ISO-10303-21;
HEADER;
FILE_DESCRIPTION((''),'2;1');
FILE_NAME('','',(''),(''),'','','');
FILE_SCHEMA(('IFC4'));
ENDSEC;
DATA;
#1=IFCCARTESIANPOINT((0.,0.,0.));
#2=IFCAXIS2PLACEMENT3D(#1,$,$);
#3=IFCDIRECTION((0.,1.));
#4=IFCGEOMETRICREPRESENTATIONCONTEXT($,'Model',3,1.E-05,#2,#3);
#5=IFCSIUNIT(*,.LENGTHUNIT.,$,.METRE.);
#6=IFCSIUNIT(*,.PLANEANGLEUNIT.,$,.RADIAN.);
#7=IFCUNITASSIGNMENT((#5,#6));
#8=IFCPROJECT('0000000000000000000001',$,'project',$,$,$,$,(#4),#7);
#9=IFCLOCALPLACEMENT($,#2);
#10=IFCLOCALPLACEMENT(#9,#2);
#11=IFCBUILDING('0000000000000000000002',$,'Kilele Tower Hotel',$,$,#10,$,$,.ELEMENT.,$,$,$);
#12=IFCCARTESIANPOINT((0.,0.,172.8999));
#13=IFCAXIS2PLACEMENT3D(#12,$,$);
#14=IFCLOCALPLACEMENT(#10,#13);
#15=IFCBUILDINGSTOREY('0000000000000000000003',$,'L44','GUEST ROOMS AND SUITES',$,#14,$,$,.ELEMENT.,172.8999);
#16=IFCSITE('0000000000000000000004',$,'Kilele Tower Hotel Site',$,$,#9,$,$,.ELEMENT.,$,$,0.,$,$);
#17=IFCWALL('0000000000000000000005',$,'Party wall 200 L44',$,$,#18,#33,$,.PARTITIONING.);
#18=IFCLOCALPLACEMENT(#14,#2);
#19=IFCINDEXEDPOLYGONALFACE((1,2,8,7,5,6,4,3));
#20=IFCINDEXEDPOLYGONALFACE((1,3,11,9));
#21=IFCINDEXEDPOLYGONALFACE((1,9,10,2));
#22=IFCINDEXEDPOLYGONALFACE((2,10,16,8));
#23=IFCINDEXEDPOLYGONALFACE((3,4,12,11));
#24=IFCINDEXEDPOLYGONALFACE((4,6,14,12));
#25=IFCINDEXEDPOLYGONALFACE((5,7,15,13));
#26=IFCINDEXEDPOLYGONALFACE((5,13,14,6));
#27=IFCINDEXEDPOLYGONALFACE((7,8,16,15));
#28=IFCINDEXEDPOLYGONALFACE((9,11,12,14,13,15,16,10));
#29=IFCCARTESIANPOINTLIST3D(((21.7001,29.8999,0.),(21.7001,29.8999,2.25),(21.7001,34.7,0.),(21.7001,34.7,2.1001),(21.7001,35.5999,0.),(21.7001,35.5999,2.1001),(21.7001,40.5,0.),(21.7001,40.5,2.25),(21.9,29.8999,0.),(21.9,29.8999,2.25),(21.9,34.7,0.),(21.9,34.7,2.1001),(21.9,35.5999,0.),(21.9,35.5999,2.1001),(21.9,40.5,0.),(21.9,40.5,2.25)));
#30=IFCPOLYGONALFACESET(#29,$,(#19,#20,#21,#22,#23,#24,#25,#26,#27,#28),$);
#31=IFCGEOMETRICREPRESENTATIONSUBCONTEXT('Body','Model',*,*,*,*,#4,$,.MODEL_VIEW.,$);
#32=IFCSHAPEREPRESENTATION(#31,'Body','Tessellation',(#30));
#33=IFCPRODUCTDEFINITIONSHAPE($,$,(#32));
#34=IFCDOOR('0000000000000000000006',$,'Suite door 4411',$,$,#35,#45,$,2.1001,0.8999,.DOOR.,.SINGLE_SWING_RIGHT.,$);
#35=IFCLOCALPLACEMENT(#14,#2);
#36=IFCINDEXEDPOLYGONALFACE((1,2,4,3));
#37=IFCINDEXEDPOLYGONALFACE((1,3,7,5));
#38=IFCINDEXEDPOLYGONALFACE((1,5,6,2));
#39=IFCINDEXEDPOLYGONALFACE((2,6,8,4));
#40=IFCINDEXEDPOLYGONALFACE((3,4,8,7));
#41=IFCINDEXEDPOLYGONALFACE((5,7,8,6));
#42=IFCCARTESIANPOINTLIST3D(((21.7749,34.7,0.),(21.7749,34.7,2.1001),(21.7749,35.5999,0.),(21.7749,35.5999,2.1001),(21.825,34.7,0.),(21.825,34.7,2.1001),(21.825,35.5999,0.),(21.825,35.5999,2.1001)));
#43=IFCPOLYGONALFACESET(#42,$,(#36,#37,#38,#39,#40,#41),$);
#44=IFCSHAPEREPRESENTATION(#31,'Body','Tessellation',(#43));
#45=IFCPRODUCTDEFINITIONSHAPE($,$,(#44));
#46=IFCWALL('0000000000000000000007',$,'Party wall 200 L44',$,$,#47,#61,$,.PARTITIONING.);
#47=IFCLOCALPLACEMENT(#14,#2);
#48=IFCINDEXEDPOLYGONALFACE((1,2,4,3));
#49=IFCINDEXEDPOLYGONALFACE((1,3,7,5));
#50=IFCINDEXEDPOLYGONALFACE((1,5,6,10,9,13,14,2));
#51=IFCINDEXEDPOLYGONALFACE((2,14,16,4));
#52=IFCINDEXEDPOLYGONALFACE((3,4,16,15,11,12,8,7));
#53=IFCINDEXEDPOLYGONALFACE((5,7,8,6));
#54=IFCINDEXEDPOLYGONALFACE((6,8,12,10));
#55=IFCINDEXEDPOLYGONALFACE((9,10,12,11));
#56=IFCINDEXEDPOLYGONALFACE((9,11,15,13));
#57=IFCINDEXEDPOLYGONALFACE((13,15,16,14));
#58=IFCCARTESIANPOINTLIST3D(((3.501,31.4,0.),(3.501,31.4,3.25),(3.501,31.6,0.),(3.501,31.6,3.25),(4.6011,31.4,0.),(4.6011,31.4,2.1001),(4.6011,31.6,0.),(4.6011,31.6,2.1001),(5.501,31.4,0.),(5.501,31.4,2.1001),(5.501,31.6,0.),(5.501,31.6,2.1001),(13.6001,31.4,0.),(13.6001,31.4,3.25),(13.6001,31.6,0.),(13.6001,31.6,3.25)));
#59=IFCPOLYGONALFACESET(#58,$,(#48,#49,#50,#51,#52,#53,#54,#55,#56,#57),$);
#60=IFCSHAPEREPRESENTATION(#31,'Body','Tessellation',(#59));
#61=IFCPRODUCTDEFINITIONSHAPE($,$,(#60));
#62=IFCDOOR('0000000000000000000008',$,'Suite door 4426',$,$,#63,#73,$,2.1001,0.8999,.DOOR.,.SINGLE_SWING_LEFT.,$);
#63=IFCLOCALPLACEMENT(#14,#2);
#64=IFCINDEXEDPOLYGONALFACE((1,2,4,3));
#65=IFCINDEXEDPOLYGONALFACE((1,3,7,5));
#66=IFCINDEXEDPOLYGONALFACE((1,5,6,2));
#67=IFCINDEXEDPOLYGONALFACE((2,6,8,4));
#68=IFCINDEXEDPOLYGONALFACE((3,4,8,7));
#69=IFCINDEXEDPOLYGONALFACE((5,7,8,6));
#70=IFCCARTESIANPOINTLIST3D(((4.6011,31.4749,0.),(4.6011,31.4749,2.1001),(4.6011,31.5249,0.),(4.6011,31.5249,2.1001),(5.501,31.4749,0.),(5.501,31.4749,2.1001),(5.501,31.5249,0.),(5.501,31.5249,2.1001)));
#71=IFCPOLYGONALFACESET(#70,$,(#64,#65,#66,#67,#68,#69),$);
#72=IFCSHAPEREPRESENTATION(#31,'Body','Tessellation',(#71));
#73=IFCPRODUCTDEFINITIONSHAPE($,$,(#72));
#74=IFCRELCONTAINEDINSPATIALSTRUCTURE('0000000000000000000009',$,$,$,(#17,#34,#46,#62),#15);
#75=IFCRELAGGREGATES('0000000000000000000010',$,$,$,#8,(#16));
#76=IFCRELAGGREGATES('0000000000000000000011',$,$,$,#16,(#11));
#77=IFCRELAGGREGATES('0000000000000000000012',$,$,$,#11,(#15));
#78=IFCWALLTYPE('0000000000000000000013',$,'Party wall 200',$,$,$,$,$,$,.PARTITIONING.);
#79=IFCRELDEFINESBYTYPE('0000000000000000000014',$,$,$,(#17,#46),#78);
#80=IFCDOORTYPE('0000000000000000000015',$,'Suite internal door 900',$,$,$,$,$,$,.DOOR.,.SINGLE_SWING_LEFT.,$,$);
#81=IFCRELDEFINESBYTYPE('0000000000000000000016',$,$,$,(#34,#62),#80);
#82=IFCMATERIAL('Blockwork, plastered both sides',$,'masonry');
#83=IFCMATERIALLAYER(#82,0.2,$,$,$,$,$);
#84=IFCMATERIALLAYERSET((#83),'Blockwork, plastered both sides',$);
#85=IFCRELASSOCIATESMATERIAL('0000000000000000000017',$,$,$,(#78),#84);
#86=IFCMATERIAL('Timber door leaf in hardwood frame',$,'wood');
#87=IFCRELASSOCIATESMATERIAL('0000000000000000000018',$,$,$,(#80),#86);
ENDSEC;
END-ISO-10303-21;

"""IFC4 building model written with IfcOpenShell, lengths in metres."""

from ifc_helpers import new_model, si_unit, direction, frame, frame_2d, origin, place, context, subcontext, project, spatial, rectangle, extrude, material, layer, layer_set, type_object, element, fill, save


model = new_model("IFC4")

# Units and contexts
model_context = context("Model", 3, precision=1e-05, world=origin(), true_north=direction((0.0, 1.0)))
body_context = subcontext(model_context, "Body", "Model", "MODEL_VIEW")
ifc_project = project(units=[si_unit("LENGTHUNIT", "METRE"), si_unit("PLANEANGLEUNIT", "RADIAN")], contexts=[model_context])

# Site, building, storey
site_placement = place(None, origin())
site = spatial("IfcSite", under=ifc_project, at=site_placement, Name="Kilele Tower Hotel Site", CompositionType="ELEMENT", RefElevation=0.0)
building_placement = place(site_placement, origin())
building = spatial("IfcBuilding", under=site, at=building_placement, Name="Kilele Tower Hotel", CompositionType="ELEMENT")
storey_placement = place(building_placement, frame((0.0, 0.0, 172.8999)))
storey = spatial("IfcBuildingStorey", under=building, at=storey_placement, Name="L44", Description="GUEST ROOMS AND SUITES", CompositionType="ELEMENT", Elevation=172.8999)

# Walls, openings, doors
ifc_material_1 = material(Name="Blockwork, plastered both sides", Category="masonry")
ifc_layer_1 = layer(ifc_material_1, 0.2)
ifc_layer_set_1 = layer_set([ifc_layer_1], Name="Blockwork, plastered both sides")
wall_type_1 = type_object("IfcWallType", Name="Party wall 200", PredefinedType="PARTITIONING", material=ifc_layer_set_1)
wall_1_placement = place(storey_placement, frame((21.8, 29.8999, 0.0), z_axis=(0.0, 0.0, 1.0), x_axis=(0.0, 1.0, 0.0)))
wall_1 = element("IfcWall", 1, at=wall_1_placement, inside=storey, type_object=wall_type_1, Name="Party wall 200 L44", PredefinedType="PARTITIONING", context=body_context, shape_type="SweptSolid", body=[
    extrude(rectangle(XDim=10.6001, YDim=0.2, at=frame_2d((5.3, 0.0))), origin(), (0.0, 0.0, 1.0), 2.25),
])
opening_1_placement = place(wall_1_placement, frame((5.7, 0.0, 0.0), z_axis=(0.0, 0.0, 1.0), x_axis=(-1.0, 0.0, 0.0)))
opening_1 = element("IfcOpeningElement", 2, at=opening_1_placement, cuts=wall_1, PredefinedType="OPENING", context=body_context, shape_type="SweptSolid", body=[
    extrude(rectangle(XDim=0.8999, YDim=2.1001, at=frame_2d((0.45, 1.05))), frame((0.0, 0.1099, 0.0), z_axis=(0.0, -1.0, 0.0), x_axis=(1.0, 0.0, 0.0)), (0.0, 0.0, 1.0), 0.22),
])
ifc_material_2 = material(Name="Timber door leaf in hardwood frame", Category="wood")
door_type_1 = type_object("IfcDoorType", Name="Suite internal door 900", OperationType="SINGLE_SWING_LEFT", PredefinedType="DOOR", material=ifc_material_2)
door_1_placement = place(opening_1_placement, origin())
door_1 = element("IfcDoor", 3, at=door_1_placement, inside=storey, type_object=door_type_1, Name="Suite door 4411", OperationType="SINGLE_SWING_RIGHT", OverallHeight=2.1001, OverallWidth=0.8999, PredefinedType="DOOR", context=body_context, shape_type="SweptSolid", body=[
    extrude(rectangle(XDim=0.8999, YDim=2.1001, at=frame_2d((0.45, 1.05))), frame((0.0, 0.0249, 0.0), z_axis=(0.0, -1.0, 0.0), x_axis=(1.0, 0.0, 0.0)), (0.0, 0.0, 1.0), 0.05),
])
fill(opening_1, door_1)
wall_2_placement = place(storey_placement, frame((13.6001, 31.5, 0.0), z_axis=(0.0, 0.0, 1.0), x_axis=(-1.0, 0.0, 0.0)))
wall_2 = element("IfcWall", 4, at=wall_2_placement, inside=storey, type_object=wall_type_1, Name="Party wall 200 L44", PredefinedType="PARTITIONING", context=body_context, shape_type="SweptSolid", body=[
    extrude(rectangle(XDim=10.0991, YDim=0.2, at=frame_2d((5.0496, 0.0))), origin(), (0.0, 0.0, 1.0), 3.25),
])
opening_2_placement = place(wall_2_placement, frame((8.999, 0.0, 0.0), z_axis=(0.0, 0.0, 1.0), x_axis=(-1.0, 0.0, 0.0)))
opening_2 = element("IfcOpeningElement", 5, at=opening_2_placement, cuts=wall_2, PredefinedType="OPENING", context=body_context, shape_type="SweptSolid", body=[
    extrude(rectangle(XDim=0.8999, YDim=2.1001, at=frame_2d((0.45, 1.05))), frame((0.0, 0.1099, 0.0), z_axis=(0.0, -1.0, 0.0), x_axis=(1.0, 0.0, 0.0)), (0.0, 0.0, 1.0), 0.22),
])
door_2_placement = place(opening_2_placement, origin())
door_2 = element("IfcDoor", 6, at=door_2_placement, inside=storey, type_object=door_type_1, Name="Suite door 4426", OperationType="SINGLE_SWING_LEFT", OverallHeight=2.1001, OverallWidth=0.8999, PredefinedType="DOOR", context=body_context, shape_type="SweptSolid", body=[
    extrude(rectangle(XDim=0.8999, YDim=2.1001, at=frame_2d((0.45, 1.05))), frame((0.0, 0.0249, 0.0), z_axis=(0.0, -1.0, 0.0), x_axis=(1.0, 0.0, 0.0)), (0.0, 0.0, 1.0), 0.05),
])
fill(opening_2, door_2)

save(model, "model.ifc")
